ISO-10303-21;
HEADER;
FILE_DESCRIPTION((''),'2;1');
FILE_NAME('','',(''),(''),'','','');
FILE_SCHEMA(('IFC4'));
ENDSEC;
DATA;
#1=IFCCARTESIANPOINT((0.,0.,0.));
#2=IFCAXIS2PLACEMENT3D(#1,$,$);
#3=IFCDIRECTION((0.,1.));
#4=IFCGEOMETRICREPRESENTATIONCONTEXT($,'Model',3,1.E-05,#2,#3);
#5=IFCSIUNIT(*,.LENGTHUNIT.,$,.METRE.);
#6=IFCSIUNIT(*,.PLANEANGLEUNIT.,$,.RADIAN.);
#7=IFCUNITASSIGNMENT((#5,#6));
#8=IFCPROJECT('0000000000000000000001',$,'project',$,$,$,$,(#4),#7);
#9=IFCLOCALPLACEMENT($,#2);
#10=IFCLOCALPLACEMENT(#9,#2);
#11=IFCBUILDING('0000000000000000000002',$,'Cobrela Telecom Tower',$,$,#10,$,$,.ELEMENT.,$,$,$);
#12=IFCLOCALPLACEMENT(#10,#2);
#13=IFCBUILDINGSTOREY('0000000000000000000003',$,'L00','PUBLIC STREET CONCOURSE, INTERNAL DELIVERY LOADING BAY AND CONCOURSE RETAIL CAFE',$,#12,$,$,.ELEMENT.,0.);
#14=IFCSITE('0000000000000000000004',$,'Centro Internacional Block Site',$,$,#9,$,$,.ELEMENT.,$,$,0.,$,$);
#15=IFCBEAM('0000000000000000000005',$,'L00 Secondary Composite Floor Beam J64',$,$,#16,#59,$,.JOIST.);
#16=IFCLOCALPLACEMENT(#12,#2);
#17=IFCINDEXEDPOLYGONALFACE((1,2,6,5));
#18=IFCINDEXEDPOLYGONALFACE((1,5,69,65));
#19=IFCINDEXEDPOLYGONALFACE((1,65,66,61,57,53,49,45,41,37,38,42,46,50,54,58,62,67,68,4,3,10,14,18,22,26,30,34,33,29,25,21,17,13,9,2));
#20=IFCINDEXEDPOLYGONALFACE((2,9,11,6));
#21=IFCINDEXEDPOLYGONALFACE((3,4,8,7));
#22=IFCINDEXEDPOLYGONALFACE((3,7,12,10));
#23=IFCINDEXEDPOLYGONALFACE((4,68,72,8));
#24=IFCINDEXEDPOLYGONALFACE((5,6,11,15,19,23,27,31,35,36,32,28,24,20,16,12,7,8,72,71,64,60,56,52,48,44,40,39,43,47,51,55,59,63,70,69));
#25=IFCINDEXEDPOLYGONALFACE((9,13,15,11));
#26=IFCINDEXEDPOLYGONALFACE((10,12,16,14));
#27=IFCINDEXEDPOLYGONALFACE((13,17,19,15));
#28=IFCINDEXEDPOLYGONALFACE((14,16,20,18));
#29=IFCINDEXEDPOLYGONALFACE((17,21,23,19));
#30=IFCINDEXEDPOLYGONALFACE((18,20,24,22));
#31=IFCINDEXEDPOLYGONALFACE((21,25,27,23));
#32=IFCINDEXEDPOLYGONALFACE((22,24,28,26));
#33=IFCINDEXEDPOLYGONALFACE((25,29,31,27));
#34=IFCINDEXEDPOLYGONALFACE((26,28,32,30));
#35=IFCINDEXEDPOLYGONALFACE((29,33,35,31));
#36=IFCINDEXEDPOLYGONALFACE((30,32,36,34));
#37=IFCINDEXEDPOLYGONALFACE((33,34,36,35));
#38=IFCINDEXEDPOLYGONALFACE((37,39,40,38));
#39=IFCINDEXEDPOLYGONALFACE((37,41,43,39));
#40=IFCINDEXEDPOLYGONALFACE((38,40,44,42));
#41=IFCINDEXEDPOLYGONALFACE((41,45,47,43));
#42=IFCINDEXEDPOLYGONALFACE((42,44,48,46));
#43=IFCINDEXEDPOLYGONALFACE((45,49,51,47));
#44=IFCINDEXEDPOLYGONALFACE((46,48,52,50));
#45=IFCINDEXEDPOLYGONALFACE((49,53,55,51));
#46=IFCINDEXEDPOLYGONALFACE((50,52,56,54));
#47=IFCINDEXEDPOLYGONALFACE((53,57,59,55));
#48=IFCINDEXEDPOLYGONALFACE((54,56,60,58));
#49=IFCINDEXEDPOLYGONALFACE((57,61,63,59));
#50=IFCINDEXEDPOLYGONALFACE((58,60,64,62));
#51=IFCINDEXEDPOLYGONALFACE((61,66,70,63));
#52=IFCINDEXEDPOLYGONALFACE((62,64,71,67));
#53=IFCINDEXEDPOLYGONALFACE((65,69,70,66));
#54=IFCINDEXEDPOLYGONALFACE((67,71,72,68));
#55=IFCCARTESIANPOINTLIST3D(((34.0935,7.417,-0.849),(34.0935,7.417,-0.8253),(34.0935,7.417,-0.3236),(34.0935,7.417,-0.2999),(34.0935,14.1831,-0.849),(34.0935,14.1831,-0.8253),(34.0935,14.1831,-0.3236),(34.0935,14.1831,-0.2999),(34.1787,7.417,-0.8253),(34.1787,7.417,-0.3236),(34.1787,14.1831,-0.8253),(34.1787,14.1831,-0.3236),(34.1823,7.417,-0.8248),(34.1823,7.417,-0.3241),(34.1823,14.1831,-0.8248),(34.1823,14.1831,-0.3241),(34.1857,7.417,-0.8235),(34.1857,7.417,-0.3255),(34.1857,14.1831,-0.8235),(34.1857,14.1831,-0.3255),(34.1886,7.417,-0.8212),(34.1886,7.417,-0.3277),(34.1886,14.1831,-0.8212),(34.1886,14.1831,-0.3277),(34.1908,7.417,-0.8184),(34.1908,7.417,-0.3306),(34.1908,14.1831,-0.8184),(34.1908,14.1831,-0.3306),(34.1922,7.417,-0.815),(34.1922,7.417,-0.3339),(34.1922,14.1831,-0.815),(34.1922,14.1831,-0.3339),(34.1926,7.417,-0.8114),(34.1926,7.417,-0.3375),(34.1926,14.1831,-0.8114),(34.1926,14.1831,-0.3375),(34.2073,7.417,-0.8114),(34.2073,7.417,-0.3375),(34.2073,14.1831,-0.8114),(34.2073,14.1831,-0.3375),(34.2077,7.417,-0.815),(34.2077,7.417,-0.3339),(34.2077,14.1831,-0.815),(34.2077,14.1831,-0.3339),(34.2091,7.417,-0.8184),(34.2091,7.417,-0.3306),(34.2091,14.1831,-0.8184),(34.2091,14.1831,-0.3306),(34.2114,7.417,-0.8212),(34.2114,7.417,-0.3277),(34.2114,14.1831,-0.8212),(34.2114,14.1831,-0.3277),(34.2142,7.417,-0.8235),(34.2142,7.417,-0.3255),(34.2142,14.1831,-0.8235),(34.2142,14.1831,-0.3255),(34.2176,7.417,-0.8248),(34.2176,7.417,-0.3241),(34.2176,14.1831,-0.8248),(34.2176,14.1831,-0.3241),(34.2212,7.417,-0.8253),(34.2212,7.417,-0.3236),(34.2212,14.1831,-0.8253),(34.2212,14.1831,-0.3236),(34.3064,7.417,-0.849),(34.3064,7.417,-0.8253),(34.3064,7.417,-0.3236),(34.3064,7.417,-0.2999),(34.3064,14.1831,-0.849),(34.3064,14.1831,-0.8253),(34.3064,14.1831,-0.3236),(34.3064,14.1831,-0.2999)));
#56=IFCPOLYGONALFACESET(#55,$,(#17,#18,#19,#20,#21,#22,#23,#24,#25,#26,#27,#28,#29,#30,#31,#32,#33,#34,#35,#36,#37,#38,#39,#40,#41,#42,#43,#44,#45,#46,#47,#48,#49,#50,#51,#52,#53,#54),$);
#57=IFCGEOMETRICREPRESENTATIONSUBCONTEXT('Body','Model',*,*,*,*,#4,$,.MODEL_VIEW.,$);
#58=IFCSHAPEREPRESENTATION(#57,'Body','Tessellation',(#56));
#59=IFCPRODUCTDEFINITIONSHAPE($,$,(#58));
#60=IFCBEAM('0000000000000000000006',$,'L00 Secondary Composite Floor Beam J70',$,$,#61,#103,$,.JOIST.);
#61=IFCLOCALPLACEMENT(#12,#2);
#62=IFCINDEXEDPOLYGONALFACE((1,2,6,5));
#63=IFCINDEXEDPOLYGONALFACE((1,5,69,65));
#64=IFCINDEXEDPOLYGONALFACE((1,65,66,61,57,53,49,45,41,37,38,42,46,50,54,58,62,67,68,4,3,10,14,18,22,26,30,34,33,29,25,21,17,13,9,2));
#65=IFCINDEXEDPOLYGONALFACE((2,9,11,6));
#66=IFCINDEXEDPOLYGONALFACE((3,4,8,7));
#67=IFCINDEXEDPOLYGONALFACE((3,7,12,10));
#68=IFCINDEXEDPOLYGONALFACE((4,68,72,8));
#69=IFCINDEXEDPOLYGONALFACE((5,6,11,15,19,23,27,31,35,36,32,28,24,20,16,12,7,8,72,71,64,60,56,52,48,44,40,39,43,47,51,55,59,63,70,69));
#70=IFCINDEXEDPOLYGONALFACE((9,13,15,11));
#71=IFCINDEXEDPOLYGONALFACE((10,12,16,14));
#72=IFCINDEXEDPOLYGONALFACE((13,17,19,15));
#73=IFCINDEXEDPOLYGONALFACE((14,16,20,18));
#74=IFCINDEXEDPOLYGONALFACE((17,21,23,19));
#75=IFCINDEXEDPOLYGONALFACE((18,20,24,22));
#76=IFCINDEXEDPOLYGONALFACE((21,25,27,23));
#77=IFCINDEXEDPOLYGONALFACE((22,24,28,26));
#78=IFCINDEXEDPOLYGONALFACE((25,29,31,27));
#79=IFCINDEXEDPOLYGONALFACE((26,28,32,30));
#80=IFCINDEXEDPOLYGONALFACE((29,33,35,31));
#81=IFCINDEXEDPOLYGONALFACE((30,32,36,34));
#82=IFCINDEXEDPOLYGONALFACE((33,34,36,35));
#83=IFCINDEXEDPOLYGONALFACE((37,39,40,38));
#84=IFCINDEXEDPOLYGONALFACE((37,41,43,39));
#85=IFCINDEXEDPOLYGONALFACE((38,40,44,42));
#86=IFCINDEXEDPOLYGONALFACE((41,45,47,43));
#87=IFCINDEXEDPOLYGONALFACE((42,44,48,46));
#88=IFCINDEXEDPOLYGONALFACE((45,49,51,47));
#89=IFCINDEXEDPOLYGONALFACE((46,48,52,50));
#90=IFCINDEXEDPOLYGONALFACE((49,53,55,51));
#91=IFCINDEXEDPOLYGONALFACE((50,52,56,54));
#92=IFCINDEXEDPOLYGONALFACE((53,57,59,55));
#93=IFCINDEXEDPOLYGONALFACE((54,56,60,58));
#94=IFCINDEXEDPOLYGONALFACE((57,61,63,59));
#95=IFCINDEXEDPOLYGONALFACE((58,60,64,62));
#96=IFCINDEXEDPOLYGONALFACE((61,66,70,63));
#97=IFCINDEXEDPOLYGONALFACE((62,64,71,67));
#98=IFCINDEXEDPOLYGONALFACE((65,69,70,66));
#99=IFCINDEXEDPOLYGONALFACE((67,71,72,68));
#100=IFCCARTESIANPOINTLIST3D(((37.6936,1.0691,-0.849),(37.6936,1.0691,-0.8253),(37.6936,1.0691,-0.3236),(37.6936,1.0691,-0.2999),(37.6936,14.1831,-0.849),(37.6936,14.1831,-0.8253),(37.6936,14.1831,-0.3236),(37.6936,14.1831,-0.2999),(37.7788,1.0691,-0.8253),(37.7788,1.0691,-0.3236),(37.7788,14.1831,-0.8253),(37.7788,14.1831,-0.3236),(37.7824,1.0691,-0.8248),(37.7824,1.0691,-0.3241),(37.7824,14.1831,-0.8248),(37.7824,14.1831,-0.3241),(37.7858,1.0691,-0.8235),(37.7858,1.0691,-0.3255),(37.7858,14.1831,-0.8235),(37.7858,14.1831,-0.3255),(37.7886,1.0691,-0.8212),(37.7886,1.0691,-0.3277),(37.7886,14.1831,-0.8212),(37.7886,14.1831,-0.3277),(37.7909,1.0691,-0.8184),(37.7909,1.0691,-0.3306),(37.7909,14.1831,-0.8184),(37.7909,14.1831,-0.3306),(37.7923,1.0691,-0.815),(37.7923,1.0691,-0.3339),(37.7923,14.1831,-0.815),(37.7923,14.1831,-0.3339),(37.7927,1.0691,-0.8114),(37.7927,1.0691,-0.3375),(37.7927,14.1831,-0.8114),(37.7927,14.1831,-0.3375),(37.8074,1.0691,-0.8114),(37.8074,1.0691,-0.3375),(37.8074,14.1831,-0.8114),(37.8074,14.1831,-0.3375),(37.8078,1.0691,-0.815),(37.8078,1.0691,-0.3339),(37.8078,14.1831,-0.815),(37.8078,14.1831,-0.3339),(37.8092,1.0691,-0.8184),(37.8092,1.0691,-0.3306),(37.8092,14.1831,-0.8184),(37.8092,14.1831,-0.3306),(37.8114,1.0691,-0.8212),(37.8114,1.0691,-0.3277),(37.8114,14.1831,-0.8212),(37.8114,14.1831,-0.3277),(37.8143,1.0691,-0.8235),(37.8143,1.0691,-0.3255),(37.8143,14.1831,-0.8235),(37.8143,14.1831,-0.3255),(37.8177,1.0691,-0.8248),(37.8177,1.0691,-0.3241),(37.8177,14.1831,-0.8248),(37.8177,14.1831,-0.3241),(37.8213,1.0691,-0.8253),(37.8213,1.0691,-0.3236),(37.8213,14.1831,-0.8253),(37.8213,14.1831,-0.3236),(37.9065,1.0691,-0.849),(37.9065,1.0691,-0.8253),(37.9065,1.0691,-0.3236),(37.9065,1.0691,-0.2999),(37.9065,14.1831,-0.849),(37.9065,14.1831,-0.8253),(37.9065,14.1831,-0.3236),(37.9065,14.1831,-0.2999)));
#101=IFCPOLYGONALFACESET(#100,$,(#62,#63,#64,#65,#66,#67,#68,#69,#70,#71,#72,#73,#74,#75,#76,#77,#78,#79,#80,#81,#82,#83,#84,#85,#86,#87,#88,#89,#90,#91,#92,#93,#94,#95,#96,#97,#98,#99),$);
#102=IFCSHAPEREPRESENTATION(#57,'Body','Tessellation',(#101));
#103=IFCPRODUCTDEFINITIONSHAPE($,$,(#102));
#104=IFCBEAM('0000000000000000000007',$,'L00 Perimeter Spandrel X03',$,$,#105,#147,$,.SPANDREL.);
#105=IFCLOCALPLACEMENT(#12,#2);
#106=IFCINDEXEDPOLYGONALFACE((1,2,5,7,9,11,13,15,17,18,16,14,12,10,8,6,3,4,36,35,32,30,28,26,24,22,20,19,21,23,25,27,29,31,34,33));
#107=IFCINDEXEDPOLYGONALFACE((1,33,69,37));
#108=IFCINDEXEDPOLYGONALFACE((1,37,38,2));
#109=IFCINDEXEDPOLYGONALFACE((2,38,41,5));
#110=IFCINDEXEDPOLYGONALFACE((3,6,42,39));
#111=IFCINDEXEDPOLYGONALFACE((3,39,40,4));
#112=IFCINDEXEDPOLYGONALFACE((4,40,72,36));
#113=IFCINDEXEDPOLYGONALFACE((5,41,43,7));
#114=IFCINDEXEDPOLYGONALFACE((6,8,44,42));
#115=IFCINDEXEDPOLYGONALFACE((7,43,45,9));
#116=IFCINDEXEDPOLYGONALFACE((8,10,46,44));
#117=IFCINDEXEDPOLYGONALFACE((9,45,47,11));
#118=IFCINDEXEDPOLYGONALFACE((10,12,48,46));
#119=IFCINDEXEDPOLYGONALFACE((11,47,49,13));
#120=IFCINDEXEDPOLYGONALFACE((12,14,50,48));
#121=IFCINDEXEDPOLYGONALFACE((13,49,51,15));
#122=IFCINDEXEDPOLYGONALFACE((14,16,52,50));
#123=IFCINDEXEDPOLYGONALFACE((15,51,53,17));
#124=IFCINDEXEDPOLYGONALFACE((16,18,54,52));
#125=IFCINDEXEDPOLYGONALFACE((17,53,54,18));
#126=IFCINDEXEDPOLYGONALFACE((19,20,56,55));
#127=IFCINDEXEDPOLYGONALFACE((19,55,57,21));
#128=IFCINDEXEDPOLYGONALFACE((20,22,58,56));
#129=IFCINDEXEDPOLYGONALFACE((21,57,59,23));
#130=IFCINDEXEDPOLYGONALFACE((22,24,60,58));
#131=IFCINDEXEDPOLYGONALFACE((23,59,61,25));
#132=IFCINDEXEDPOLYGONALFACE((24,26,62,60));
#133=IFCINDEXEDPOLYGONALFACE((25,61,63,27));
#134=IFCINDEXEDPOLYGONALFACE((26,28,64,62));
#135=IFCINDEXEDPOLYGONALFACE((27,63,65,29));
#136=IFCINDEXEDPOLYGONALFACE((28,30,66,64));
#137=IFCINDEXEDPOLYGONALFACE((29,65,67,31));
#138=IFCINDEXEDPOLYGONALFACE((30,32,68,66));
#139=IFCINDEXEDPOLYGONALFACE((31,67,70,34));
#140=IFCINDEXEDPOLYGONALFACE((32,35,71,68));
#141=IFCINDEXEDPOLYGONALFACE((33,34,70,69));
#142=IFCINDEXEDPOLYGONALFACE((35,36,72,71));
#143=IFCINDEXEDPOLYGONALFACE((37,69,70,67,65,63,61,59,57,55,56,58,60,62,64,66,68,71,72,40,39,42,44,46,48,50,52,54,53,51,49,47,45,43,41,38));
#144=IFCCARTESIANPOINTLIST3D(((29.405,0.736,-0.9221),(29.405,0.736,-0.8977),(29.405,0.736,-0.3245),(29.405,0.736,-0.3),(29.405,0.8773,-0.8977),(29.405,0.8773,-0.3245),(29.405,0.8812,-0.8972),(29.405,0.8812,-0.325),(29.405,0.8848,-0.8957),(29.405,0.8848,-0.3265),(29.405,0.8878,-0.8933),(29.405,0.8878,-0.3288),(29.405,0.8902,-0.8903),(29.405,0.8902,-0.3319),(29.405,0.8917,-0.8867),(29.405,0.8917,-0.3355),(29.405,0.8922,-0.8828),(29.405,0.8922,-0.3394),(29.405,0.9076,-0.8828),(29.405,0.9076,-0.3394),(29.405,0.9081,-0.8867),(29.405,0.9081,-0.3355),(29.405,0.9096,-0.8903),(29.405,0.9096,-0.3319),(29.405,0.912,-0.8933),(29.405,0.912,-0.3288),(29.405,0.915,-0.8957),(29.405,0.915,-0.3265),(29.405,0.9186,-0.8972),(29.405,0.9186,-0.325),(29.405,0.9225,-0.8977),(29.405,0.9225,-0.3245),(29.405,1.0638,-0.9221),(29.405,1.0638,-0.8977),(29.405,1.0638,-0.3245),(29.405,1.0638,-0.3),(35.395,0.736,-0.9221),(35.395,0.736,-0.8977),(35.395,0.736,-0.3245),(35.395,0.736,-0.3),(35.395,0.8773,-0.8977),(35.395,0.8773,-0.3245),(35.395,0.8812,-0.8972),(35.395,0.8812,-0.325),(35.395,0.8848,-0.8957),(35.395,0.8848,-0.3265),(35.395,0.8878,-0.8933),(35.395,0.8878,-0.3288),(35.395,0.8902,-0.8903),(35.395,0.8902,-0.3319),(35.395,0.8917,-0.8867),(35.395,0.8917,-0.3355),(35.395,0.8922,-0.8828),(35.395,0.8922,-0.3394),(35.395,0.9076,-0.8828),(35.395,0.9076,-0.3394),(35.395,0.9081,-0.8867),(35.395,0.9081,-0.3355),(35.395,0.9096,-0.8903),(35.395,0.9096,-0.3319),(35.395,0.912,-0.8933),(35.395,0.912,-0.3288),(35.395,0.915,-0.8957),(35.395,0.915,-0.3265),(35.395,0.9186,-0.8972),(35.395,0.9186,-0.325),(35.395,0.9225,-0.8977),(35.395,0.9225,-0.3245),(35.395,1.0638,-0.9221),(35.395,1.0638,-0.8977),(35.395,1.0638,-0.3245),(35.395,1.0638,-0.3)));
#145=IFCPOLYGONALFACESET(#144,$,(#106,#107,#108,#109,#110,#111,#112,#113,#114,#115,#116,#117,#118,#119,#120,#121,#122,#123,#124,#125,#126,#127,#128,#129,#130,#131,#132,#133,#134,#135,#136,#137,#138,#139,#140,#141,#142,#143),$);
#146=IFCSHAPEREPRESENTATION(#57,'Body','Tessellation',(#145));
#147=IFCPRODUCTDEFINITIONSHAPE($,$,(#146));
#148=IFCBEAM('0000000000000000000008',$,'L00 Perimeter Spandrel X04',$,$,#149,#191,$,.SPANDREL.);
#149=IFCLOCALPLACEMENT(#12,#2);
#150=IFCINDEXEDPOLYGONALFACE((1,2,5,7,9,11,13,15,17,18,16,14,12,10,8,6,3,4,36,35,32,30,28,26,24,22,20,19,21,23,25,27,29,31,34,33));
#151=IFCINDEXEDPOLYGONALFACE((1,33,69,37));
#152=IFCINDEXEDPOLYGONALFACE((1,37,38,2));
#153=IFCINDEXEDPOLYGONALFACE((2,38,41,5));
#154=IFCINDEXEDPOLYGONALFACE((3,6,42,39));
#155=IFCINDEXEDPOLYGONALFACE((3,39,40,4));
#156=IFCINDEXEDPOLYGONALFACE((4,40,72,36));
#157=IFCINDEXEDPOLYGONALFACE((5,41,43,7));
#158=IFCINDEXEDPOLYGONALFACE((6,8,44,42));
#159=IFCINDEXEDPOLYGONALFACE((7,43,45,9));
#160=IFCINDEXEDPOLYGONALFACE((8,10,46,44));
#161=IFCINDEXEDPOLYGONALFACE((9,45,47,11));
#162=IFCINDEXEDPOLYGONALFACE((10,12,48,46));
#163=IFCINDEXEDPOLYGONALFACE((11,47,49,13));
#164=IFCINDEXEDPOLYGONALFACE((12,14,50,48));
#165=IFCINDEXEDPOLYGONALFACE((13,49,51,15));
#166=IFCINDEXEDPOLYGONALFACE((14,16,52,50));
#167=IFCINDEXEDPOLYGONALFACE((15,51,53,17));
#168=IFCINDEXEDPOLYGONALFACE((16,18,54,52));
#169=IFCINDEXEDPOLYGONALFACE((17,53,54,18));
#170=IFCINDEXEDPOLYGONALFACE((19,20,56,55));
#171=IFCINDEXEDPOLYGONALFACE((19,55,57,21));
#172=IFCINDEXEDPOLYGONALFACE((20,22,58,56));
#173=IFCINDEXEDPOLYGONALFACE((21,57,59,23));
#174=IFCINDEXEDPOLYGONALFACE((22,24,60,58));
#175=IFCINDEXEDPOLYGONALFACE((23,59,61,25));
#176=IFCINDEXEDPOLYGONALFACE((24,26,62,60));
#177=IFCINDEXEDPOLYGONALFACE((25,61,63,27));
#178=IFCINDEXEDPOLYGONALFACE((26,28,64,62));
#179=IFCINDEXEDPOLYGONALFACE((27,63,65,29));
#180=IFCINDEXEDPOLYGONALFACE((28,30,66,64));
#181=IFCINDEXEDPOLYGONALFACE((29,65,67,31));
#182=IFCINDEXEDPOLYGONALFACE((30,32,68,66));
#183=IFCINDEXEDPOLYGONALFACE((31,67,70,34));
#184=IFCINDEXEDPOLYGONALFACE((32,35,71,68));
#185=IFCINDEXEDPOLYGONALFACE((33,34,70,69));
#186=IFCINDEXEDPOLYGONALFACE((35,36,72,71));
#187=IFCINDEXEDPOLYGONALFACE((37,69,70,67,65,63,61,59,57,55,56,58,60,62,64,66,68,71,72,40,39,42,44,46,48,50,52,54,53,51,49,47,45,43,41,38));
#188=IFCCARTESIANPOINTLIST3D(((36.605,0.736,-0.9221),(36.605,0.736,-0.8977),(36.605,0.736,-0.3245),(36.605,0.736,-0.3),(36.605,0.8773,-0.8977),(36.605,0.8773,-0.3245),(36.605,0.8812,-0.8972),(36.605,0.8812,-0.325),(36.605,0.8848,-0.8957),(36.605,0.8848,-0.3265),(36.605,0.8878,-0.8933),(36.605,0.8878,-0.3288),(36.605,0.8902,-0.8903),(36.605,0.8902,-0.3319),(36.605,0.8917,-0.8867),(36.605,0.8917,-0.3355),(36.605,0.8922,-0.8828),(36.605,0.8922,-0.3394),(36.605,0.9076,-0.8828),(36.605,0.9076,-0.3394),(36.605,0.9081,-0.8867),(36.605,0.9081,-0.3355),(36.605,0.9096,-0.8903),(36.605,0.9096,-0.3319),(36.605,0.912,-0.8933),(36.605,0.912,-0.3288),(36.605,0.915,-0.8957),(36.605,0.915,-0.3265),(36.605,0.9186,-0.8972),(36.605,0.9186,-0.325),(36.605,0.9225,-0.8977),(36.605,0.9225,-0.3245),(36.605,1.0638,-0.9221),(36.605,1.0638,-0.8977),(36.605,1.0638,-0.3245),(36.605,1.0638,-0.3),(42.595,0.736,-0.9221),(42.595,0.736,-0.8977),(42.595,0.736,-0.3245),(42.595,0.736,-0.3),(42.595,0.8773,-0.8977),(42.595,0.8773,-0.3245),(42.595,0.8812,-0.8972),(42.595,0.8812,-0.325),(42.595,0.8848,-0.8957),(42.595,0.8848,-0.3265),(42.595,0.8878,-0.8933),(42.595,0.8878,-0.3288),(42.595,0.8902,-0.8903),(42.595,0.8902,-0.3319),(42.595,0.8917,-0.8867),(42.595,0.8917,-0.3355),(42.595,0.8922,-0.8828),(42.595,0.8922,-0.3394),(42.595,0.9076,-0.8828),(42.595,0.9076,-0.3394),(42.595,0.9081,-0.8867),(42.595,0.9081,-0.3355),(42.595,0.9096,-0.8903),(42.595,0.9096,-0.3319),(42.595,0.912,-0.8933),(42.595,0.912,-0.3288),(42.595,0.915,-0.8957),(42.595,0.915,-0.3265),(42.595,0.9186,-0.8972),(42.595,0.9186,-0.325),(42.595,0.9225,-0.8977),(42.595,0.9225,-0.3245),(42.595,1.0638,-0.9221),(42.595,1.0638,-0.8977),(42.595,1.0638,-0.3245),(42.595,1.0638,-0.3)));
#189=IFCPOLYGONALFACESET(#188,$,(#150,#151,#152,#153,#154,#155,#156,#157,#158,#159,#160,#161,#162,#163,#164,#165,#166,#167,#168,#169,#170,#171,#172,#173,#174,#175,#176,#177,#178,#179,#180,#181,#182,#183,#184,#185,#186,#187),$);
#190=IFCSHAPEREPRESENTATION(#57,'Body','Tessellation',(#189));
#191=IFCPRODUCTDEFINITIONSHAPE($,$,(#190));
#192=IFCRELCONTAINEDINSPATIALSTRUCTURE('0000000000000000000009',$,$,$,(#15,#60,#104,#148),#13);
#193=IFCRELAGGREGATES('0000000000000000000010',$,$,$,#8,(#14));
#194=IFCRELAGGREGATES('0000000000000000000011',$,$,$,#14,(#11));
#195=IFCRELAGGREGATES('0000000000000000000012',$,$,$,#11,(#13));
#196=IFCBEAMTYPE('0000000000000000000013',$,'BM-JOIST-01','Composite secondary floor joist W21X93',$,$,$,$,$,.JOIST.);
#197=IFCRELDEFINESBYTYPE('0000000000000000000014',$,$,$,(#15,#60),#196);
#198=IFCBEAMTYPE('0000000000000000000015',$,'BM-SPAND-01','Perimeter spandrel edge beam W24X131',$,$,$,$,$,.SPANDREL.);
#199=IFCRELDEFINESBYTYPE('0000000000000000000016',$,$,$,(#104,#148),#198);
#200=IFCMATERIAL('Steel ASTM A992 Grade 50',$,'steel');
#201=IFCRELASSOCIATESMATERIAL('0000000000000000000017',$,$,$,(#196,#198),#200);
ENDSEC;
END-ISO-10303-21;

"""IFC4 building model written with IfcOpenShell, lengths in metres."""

from ifc_helpers import new_model, si_unit, direction, frame, origin, origin_2d, place, context, subcontext, project, spatial, i_section, extrude, material, material_profile, profile_set, type_object, element, save


model = new_model("IFC4")

# Units and contexts
model_context = context("Model", 3, precision=1e-05, world=origin(), true_north=direction((0.0, 1.0)))
body_context = subcontext(model_context, "Body", "Model", "MODEL_VIEW")
ifc_project = project(units=[si_unit("LENGTHUNIT", "METRE"), si_unit("PLANEANGLEUNIT", "RADIAN")], contexts=[model_context])

# Site, building, storey
site_placement = place(None, origin())
site = spatial("IfcSite", under=ifc_project, at=site_placement, Name="Centro Internacional Block Site", CompositionType="ELEMENT", RefElevation=0.0)
building_placement = place(site_placement, origin())
building = spatial("IfcBuilding", under=site, at=building_placement, Name="Cobrela Telecom Tower", CompositionType="ELEMENT")
storey_placement = place(building_placement, origin())
storey = spatial("IfcBuildingStorey", under=building, at=storey_placement, Name="L00", Description="PUBLIC STREET CONCOURSE, INTERNAL DELIVERY LOADING BAY AND CONCOURSE RETAIL CAFE", CompositionType="ELEMENT", Elevation=0.0)

# Beams
ifc_material_1 = material(Name="Steel ASTM A992 Grade 50", Category="steel")
ifc_material_profile_1 = material_profile(ifc_material_1, i_section(OverallWidth=0.2129, OverallDepth=0.5491, WebThickness=0.0146, FlangeThickness=0.0237, FilletRadius=0.0139, at=origin_2d()), Name="W21X93")
ifc_profile_set_1 = profile_set([ifc_material_profile_1], Name="Steel ASTM A992 Grade 50")
beam_type_1 = type_object("IfcBeamType", Name="BM-JOIST-01", Description="Composite secondary floor joist W21X93", PredefinedType="JOIST", material=ifc_profile_set_1)
beam_1_placement = place(storey_placement, frame((34.2, 7.417, -0.5745), z_axis=(0.0, 1.0, 0.0), x_axis=(-1.0, 0.0, 0.0)))
element("IfcBeam", 1, at=beam_1_placement, inside=storey, type_object=beam_type_1, Name="L00 Secondary Composite Floor Beam J64", PredefinedType="JOIST", context=body_context, shape_type="SweptSolid", body=[
    extrude(i_section(OverallWidth=0.2129, OverallDepth=0.5491, WebThickness=0.0146, FlangeThickness=0.0237, FilletRadius=0.0139, at=origin_2d()), origin(), (0.0, 0.0, 1.0), 6.7661),
])
beam_2_placement = place(storey_placement, frame((37.8, 1.0691, -0.5745), z_axis=(0.0, 1.0, 0.0), x_axis=(-1.0, 0.0, 0.0)))
element("IfcBeam", 2, at=beam_2_placement, inside=storey, type_object=beam_type_1, Name="L00 Secondary Composite Floor Beam J70", PredefinedType="JOIST", context=body_context, shape_type="SweptSolid", body=[
    extrude(i_section(OverallWidth=0.2129, OverallDepth=0.5491, WebThickness=0.0146, FlangeThickness=0.0237, FilletRadius=0.0139, at=origin_2d()), origin(), (0.0, 0.0, 1.0), 13.114),
])
ifc_material_profile_2 = material_profile(ifc_material_1, i_section(OverallWidth=0.3279, OverallDepth=0.6221, WebThickness=0.0154, FlangeThickness=0.0244, FilletRadius=0.0149, at=origin_2d()), Name="W24X131")
ifc_profile_set_2 = profile_set([ifc_material_profile_2], Name="Steel ASTM A992 Grade 50")
beam_type_2 = type_object("IfcBeamType", Name="BM-SPAND-01", Description="Perimeter spandrel edge beam W24X131", PredefinedType="SPANDREL", material=ifc_profile_set_2)
for number, where, z_axis, x_axis, name in (
    (3, (29.405, 0.8999, -0.6111), (1.0, 0.0, 0.0), (0.0, 1.0, 0.0), "L00 Perimeter Spandrel X03"),
    (4, (36.605, 0.8999, -0.6111), (1.0, 0.0, 0.0), (0.0, 1.0, 0.0), "L00 Perimeter Spandrel X04"),
):
    element("IfcBeam", number, at=place(storey_placement, frame(where, z_axis=z_axis, x_axis=x_axis)), inside=storey, type_object=beam_type_2, Name=name, PredefinedType="SPANDREL", context=body_context, shape_type="SweptSolid", body=[
        extrude(i_section(OverallWidth=0.3279, OverallDepth=0.6221, WebThickness=0.0154, FlangeThickness=0.0244, FilletRadius=0.0149, at=origin_2d()), origin(), (0.0, 0.0, 1.0), 5.99),
    ])

save(model, "model.ifc")
